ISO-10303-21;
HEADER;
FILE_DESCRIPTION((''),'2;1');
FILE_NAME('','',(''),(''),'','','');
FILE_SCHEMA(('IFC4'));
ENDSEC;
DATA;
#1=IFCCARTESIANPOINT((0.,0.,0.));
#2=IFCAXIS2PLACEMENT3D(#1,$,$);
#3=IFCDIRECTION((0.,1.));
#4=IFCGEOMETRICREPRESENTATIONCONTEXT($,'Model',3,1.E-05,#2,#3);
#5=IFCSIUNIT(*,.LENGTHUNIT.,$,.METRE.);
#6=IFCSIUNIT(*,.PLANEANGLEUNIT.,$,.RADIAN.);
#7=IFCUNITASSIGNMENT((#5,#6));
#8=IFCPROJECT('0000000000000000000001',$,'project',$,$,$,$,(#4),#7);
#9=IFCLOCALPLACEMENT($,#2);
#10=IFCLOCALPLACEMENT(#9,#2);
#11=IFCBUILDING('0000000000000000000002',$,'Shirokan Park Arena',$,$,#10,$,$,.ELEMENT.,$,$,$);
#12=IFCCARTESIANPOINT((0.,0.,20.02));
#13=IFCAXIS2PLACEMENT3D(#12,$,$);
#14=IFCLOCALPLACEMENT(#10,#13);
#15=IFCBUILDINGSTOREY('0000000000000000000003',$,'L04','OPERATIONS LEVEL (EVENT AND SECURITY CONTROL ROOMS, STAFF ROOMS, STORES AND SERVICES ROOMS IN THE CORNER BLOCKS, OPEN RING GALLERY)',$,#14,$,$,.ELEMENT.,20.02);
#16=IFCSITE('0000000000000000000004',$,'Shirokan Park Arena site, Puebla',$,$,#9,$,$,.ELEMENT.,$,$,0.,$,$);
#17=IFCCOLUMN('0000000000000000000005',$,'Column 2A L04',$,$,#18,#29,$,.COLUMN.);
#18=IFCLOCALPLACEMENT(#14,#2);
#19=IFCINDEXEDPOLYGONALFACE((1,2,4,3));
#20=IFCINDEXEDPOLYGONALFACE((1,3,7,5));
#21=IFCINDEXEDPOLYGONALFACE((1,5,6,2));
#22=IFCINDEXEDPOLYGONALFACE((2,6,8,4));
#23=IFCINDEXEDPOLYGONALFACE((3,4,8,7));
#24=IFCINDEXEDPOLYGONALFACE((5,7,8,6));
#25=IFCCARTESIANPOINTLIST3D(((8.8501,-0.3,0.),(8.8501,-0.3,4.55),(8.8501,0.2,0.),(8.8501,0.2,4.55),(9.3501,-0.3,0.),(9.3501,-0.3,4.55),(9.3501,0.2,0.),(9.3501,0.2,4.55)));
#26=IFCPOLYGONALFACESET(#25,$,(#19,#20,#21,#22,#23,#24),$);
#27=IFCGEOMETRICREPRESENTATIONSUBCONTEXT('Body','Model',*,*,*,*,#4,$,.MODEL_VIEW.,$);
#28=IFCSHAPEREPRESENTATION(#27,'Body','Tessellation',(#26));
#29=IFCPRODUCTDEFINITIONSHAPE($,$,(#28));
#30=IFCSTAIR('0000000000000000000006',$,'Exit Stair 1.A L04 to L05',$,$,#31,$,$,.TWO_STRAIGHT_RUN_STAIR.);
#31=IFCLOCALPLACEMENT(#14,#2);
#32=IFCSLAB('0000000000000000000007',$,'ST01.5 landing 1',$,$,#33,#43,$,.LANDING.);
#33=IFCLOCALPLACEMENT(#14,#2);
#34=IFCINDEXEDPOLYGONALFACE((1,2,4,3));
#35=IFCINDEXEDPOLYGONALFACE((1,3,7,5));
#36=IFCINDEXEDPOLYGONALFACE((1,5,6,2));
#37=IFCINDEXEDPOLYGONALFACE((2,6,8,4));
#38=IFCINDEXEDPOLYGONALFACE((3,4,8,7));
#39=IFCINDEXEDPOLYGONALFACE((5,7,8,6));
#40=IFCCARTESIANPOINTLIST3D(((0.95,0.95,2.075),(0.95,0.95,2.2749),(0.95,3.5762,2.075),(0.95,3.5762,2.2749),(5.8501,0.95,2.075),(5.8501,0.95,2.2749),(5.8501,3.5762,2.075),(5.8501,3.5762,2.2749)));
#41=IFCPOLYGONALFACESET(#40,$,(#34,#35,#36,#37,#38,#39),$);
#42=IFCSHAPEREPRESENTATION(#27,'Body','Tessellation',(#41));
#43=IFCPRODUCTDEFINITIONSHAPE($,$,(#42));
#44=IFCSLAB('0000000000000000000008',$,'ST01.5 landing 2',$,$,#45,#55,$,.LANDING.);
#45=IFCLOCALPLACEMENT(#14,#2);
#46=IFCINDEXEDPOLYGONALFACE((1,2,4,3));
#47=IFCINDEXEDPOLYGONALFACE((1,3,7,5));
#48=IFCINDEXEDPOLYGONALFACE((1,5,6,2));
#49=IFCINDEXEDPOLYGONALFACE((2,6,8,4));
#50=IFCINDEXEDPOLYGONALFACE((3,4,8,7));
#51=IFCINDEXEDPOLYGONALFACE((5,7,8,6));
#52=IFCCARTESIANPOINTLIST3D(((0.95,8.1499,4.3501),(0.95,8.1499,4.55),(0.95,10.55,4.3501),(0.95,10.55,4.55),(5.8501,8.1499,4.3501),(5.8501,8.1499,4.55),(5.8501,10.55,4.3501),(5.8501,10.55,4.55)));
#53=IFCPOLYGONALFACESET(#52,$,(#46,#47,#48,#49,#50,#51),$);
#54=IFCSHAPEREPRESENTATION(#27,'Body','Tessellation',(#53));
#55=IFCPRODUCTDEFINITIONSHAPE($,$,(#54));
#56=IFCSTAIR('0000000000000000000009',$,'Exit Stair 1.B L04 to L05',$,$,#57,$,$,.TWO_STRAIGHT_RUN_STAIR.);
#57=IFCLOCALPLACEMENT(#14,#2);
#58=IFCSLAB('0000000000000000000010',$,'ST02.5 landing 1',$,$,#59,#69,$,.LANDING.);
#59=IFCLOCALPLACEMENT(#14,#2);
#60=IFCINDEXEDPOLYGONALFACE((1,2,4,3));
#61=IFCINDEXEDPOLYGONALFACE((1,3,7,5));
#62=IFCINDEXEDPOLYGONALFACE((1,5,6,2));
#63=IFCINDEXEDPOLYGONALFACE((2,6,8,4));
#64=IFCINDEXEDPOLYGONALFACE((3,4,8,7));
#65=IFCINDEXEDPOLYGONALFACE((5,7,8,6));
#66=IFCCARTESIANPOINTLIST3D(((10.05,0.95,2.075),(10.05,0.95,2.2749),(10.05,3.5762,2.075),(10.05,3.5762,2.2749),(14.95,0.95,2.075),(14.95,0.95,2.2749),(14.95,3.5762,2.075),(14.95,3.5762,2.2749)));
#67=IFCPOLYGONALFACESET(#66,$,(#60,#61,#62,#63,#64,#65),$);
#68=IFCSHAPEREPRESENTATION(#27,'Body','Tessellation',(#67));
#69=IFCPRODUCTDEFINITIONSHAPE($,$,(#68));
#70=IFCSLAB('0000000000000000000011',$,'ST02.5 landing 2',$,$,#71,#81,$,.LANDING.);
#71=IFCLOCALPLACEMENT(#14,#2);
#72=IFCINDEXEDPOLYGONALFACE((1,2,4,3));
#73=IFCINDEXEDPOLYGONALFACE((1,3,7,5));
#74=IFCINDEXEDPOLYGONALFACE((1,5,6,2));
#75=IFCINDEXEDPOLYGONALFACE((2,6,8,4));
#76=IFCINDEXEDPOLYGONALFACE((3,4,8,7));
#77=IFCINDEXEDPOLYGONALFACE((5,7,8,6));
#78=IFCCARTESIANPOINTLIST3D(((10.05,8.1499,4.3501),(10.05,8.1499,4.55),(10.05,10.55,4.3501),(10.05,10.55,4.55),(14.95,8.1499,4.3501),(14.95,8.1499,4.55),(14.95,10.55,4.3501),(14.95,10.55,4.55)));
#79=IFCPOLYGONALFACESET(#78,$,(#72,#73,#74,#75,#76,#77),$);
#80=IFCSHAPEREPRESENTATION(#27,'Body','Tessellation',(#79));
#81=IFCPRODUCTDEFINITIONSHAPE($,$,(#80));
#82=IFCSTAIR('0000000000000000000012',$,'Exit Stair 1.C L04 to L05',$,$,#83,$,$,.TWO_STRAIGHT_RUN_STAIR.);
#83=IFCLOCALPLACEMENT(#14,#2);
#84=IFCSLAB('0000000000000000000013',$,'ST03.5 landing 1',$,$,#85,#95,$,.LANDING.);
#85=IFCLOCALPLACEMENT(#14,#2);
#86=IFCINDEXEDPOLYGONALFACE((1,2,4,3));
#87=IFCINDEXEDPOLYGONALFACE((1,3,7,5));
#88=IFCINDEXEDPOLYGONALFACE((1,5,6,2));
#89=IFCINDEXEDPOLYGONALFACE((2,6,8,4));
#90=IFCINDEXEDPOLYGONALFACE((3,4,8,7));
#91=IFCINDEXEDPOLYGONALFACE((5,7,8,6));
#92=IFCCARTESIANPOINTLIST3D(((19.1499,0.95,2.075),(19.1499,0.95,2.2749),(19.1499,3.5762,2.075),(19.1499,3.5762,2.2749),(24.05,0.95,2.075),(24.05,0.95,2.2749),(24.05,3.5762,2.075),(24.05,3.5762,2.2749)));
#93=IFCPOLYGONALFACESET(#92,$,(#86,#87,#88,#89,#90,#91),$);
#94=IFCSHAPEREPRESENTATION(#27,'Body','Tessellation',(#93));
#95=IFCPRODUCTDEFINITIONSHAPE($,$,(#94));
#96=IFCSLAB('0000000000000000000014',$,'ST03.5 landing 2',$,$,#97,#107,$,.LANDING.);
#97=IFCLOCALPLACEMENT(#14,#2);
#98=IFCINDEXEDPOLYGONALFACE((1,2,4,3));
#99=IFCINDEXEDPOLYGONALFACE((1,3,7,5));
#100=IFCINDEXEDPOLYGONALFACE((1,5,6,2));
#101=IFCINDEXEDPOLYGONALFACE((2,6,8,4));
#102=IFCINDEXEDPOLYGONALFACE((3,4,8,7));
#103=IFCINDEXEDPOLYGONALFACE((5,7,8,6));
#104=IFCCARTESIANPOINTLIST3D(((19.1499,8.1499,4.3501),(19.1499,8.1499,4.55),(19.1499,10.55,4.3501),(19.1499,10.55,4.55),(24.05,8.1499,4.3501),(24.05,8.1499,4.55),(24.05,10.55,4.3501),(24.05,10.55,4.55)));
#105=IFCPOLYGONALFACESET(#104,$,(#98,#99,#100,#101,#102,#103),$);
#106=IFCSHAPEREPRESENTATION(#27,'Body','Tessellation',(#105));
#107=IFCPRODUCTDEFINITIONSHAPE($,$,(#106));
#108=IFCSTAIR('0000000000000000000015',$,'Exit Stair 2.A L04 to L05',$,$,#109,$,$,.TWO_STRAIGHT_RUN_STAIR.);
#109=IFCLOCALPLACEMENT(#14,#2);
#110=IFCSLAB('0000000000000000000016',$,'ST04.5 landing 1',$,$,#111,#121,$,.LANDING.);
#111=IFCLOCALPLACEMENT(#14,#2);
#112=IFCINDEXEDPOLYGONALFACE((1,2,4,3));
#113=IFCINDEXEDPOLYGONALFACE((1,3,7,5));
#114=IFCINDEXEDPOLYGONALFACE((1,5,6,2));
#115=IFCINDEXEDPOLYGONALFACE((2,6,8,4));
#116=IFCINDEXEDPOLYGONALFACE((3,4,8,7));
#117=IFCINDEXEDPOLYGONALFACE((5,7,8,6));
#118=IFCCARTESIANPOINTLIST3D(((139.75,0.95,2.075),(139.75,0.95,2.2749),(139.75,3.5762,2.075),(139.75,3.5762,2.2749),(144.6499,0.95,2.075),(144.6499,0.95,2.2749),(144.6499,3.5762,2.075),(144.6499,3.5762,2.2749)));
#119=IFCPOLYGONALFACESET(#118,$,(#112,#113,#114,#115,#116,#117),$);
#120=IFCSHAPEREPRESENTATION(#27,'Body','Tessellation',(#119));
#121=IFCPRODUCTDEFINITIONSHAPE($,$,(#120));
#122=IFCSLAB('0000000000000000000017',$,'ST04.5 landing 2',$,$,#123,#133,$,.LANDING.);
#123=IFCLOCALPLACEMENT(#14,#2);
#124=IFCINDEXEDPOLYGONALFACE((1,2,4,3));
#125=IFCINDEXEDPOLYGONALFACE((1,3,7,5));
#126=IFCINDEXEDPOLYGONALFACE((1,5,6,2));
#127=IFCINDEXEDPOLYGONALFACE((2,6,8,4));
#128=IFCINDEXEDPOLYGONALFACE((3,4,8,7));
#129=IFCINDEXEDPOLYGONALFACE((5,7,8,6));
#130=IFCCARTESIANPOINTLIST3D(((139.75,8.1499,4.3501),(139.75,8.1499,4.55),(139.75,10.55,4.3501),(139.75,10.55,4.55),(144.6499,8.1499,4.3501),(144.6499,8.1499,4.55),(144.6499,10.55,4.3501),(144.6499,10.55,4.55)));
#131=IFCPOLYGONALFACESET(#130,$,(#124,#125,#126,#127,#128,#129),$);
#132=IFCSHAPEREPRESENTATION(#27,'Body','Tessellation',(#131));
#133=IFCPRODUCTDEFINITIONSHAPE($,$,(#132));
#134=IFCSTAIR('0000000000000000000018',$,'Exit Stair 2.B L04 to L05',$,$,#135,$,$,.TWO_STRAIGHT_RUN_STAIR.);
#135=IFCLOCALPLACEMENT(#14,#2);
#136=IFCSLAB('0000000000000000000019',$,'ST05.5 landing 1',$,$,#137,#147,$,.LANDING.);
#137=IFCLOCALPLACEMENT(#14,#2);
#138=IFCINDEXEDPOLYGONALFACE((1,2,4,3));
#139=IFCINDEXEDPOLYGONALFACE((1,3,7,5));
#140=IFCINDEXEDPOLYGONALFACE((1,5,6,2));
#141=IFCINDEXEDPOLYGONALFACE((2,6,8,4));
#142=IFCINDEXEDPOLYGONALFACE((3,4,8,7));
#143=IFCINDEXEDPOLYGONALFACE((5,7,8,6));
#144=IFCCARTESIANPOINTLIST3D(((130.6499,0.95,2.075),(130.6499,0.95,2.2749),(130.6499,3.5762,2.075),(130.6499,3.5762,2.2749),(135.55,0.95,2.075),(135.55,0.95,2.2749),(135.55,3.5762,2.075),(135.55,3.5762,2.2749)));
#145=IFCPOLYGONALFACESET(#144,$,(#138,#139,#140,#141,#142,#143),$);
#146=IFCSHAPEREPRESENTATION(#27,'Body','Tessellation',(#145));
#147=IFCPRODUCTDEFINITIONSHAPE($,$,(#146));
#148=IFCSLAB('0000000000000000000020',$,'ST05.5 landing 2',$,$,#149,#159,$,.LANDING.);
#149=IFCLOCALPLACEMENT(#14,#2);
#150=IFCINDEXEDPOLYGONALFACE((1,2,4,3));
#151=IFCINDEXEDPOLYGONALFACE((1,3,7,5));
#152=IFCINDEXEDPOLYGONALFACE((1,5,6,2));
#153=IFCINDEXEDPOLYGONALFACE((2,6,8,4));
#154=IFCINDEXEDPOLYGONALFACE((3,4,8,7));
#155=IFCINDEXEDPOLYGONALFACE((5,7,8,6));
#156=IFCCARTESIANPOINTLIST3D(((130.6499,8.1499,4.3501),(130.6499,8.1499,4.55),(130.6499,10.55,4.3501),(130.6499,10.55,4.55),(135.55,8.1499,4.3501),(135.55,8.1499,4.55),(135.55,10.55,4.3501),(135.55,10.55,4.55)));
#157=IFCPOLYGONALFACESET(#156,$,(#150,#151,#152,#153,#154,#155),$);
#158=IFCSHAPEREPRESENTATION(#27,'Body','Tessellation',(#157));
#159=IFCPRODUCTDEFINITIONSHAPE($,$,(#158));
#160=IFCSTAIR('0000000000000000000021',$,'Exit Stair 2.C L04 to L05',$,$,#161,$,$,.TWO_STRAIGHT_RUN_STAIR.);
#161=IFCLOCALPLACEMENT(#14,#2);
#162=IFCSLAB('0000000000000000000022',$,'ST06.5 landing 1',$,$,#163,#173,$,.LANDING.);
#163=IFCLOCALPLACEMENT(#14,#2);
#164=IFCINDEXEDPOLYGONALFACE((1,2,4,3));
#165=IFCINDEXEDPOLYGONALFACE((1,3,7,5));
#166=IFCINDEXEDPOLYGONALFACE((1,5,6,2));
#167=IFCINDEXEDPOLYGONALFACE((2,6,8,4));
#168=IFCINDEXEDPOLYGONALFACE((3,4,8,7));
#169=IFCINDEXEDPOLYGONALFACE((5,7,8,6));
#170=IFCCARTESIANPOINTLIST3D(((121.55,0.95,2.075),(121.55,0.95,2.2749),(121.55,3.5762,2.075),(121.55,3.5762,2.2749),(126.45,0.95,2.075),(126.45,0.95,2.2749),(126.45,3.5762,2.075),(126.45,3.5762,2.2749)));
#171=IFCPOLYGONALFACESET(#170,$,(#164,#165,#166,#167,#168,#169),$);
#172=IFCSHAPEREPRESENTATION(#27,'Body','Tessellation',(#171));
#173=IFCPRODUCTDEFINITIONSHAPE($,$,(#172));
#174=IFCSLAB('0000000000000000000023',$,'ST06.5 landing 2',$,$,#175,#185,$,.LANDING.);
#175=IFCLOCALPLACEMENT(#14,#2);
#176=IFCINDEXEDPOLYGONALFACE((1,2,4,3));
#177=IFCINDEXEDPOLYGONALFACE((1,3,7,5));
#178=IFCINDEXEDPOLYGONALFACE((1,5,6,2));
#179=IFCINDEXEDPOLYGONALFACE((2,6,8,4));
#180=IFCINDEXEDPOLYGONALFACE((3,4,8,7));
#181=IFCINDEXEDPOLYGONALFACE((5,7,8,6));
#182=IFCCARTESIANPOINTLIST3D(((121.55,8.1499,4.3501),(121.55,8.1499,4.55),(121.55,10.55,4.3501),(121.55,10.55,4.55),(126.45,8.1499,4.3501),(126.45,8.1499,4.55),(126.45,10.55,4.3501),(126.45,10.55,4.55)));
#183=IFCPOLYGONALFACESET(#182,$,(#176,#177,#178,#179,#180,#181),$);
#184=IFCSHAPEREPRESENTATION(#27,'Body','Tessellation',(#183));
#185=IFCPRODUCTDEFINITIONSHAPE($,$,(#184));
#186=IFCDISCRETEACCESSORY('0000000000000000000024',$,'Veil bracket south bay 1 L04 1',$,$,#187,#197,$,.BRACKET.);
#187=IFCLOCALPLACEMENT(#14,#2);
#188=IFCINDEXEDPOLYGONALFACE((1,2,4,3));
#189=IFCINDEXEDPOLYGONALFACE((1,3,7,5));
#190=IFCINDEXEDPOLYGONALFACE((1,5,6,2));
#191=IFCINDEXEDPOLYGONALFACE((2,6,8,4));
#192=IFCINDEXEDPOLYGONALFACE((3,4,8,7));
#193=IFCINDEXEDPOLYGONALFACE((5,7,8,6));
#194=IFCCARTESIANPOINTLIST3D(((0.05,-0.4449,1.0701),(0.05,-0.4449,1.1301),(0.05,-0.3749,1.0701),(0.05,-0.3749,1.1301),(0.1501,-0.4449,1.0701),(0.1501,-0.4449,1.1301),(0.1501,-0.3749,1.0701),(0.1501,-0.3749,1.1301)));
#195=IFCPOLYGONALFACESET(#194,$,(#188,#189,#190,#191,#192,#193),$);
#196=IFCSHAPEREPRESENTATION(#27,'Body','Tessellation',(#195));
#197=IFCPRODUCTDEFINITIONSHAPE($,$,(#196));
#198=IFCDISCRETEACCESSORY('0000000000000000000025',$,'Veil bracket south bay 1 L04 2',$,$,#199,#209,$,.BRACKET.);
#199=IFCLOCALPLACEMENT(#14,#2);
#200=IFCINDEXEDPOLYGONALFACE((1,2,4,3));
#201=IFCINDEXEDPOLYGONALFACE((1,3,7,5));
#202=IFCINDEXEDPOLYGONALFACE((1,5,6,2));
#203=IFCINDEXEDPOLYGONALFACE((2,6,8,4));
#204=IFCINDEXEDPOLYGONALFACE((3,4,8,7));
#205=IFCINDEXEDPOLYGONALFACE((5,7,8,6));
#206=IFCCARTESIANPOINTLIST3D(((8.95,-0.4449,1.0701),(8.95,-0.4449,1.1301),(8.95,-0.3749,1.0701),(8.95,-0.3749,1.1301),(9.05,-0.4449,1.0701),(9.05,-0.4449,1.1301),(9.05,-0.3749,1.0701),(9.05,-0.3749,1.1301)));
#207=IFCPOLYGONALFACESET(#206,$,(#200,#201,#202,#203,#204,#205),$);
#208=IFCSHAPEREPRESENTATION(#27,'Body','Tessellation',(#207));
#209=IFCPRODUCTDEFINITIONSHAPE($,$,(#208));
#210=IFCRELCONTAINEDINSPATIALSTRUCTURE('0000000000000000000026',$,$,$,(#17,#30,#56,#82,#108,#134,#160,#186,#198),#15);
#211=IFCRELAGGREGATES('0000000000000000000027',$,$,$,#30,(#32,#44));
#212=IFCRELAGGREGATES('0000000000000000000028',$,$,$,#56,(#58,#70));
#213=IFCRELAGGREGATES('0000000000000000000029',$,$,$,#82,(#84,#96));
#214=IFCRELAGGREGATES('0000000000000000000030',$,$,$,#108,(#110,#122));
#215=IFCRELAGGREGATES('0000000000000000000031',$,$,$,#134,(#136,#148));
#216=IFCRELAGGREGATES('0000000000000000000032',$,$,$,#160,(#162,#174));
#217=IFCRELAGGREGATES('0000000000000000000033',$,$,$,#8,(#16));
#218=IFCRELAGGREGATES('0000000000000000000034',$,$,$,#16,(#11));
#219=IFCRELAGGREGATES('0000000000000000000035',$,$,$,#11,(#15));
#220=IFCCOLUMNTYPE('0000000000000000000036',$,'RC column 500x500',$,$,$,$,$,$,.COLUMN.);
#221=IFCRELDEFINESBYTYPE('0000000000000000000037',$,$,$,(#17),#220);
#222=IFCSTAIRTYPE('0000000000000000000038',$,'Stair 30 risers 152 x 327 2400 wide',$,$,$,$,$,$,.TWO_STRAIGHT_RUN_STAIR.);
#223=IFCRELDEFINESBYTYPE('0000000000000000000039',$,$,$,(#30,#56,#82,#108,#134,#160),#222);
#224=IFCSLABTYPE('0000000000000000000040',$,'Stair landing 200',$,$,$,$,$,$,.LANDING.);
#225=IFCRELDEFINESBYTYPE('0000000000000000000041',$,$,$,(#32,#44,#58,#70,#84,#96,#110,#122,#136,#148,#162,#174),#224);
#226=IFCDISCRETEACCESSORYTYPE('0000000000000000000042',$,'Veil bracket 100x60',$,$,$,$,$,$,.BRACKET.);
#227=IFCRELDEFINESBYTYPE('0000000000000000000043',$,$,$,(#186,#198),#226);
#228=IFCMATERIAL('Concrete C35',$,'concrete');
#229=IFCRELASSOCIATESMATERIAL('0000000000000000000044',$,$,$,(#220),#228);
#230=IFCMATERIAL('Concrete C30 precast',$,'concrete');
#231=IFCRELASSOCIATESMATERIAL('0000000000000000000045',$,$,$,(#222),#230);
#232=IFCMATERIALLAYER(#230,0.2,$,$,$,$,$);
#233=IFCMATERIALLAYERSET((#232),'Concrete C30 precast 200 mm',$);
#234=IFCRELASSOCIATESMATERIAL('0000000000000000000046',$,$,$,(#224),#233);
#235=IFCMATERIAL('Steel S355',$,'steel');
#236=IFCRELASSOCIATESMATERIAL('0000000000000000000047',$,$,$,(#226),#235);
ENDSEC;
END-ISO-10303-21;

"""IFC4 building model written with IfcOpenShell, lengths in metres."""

from ifc_helpers import new_model, si_unit, direction, frame, origin, origin_2d, place, context, subcontext, project, spatial, polyline, rectangle, outline, extrude, material, layer, layer_set, material_profile, profile_set, type_object, element, aggregate, save


model = new_model("IFC4")

# Units and contexts
model_context = context("Model", 3, precision=1e-05, world=origin(), true_north=direction((0.0, 1.0)))
body_context = subcontext(model_context, "Body", "Model", "MODEL_VIEW")
ifc_project = project(units=[si_unit("LENGTHUNIT", "METRE"), si_unit("PLANEANGLEUNIT", "RADIAN")], contexts=[model_context])

# Site, building, storey
site_placement = place(None, origin())
site = spatial("IfcSite", under=ifc_project, at=site_placement, Name="Shirokan Park Arena site, Puebla", CompositionType="ELEMENT", RefElevation=0.0)
building_placement = place(site_placement, origin())
building = spatial("IfcBuilding", under=site, at=building_placement, Name="Shirokan Park Arena", CompositionType="ELEMENT")
storey_placement = place(building_placement, frame((0.0, 0.0, 20.02)))
storey = spatial("IfcBuildingStorey", under=building, at=storey_placement, Name="L04", Description="OPERATIONS LEVEL (EVENT AND SECURITY CONTROL ROOMS, STAFF ROOMS, STORES AND SERVICES ROOMS IN THE CORNER BLOCKS, OPEN RING GALLERY)", CompositionType="ELEMENT", Elevation=20.02)

# Column
ifc_material_1 = material(Name="Concrete C35", Category="concrete")
ifc_material_profile = material_profile(ifc_material_1, rectangle(XDim=0.5, YDim=0.5, at=origin_2d()), Name="500x500")
ifc_profile_set = profile_set([ifc_material_profile], Name="Concrete C35")
column_type = type_object("IfcColumnType", Name="RC column 500x500", PredefinedType="COLUMN", material=ifc_profile_set)
column_placement = place(storey_placement, frame((9.1001, -0.05, 0.0), z_axis=(0.0, 0.0, 1.0), x_axis=(1.0, 0.0, 0.0)))
element("IfcColumn", 1, at=column_placement, inside=storey, type_object=column_type, Name="Column 2A L04", PredefinedType="COLUMN", context=body_context, shape_type="SweptSolid", body=[
    extrude(rectangle(XDim=0.5, YDim=0.5, at=origin_2d()), origin(), (0.0, 0.0, 1.0), 4.55),
])

# Stairs, slabs
ifc_material_2 = material(Name="Concrete C30 precast", Category="concrete")
stair_type = type_object("IfcStairType", Name="Stair 30 risers 152 x 327 2400 wide", PredefinedType="TWO_STRAIGHT_RUN_STAIR", material=ifc_material_2)
stair_1_placement = place(storey_placement, origin())
stair_1 = element("IfcStair", 2, at=stair_1_placement, inside=storey, type_object=stair_type, Name="Exit Stair 1.A L04 to L05", PredefinedType="TWO_STRAIGHT_RUN_STAIR")
ifc_layer = layer(ifc_material_2, 0.2)
ifc_layer_set = layer_set([ifc_layer], Name="Concrete C30 precast 200 mm")
slab_type = type_object("IfcSlabType", Name="Stair landing 200", PredefinedType="LANDING", material=ifc_layer_set)
slab_1_placement = place(storey_placement, frame((0.0, 0.0, 2.075)))
slab_1 = element("IfcSlab", 3, at=slab_1_placement, type_object=slab_type, Name="ST01.5 landing 1", PredefinedType="LANDING", context=body_context, shape_type="SweptSolid", body=[
    extrude(outline(polyline([(0.95, 0.95), (5.8501, 0.95), (5.8501, 3.5762), (0.95, 3.5762), (0.95, 0.95)])), origin(), (0.0, 0.0, 1.0), 0.2),
])
slab_2_placement = place(storey_placement, frame((0.0, 0.0, 4.3501)))
slab_2 = element("IfcSlab", 4, at=slab_2_placement, type_object=slab_type, Name="ST01.5 landing 2", PredefinedType="LANDING", context=body_context, shape_type="SweptSolid", body=[
    extrude(outline(polyline([(0.95, 8.1499), (5.8501, 8.1499), (5.8501, 10.55), (0.95, 10.55), (0.95, 8.1499)])), origin(), (0.0, 0.0, 1.0), 0.2),
])
aggregate(stair_1, [slab_1, slab_2])
stair_2_placement = place(storey_placement, origin())
stair_2 = element("IfcStair", 5, at=stair_2_placement, inside=storey, type_object=stair_type, Name="Exit Stair 1.B L04 to L05", PredefinedType="TWO_STRAIGHT_RUN_STAIR")
slab_3_placement = place(storey_placement, frame((0.0, 0.0, 2.075)))
slab_3 = element("IfcSlab", 6, at=slab_3_placement, type_object=slab_type, Name="ST02.5 landing 1", PredefinedType="LANDING", context=body_context, shape_type="SweptSolid", body=[
    extrude(outline(polyline([(10.05, 0.95), (14.95, 0.95), (14.95, 3.5762), (10.05, 3.5762), (10.05, 0.95)])), origin(), (0.0, 0.0, 1.0), 0.2),
])
slab_4_placement = place(storey_placement, frame((0.0, 0.0, 4.3501)))
slab_4 = element("IfcSlab", 7, at=slab_4_placement, type_object=slab_type, Name="ST02.5 landing 2", PredefinedType="LANDING", context=body_context, shape_type="SweptSolid", body=[
    extrude(outline(polyline([(10.05, 8.1499), (14.95, 8.1499), (14.95, 10.55), (10.05, 10.55), (10.05, 8.1499)])), origin(), (0.0, 0.0, 1.0), 0.2),
])
aggregate(stair_2, [slab_3, slab_4])
stair_3_placement = place(storey_placement, origin())
stair_3 = element("IfcStair", 8, at=stair_3_placement, inside=storey, type_object=stair_type, Name="Exit Stair 1.C L04 to L05", PredefinedType="TWO_STRAIGHT_RUN_STAIR")
slab_5_placement = place(storey_placement, frame((0.0, 0.0, 2.075)))
slab_5 = element("IfcSlab", 9, at=slab_5_placement, type_object=slab_type, Name="ST03.5 landing 1", PredefinedType="LANDING", context=body_context, shape_type="SweptSolid", body=[
    extrude(outline(polyline([(19.1499, 0.95), (24.05, 0.95), (24.05, 3.5762), (19.1499, 3.5762), (19.1499, 0.95)])), origin(), (0.0, 0.0, 1.0), 0.2),
])
slab_6_placement = place(storey_placement, frame((0.0, 0.0, 4.3501)))
slab_6 = element("IfcSlab", 10, at=slab_6_placement, type_object=slab_type, Name="ST03.5 landing 2", PredefinedType="LANDING", context=body_context, shape_type="SweptSolid", body=[
    extrude(outline(polyline([(19.1499, 8.1499), (24.05, 8.1499), (24.05, 10.55), (19.1499, 10.55), (19.1499, 8.1499)])), origin(), (0.0, 0.0, 1.0), 0.2),
])
aggregate(stair_3, [slab_5, slab_6])
stair_4_placement = place(storey_placement, origin())
stair_4 = element("IfcStair", 11, at=stair_4_placement, inside=storey, type_object=stair_type, Name="Exit Stair 2.A L04 to L05", PredefinedType="TWO_STRAIGHT_RUN_STAIR")
slab_7_placement = place(storey_placement, frame((0.0, 0.0, 2.075)))
slab_7 = element("IfcSlab", 12, at=slab_7_placement, type_object=slab_type, Name="ST04.5 landing 1", PredefinedType="LANDING", context=body_context, shape_type="SweptSolid", body=[
    extrude(outline(polyline([(139.75, 0.95), (144.6499, 0.95), (144.6499, 3.5762), (139.75, 3.5762), (139.75, 0.95)])), origin(), (0.0, 0.0, 1.0), 0.2),
])
slab_8_placement = place(storey_placement, frame((0.0, 0.0, 4.3501)))
slab_8 = element("IfcSlab", 13, at=slab_8_placement, type_object=slab_type, Name="ST04.5 landing 2", PredefinedType="LANDING", context=body_context, shape_type="SweptSolid", body=[
    extrude(outline(polyline([(139.75, 8.1499), (144.6499, 8.1499), (144.6499, 10.55), (139.75, 10.55), (139.75, 8.1499)])), origin(), (0.0, 0.0, 1.0), 0.2),
])
aggregate(stair_4, [slab_7, slab_8])
stair_5_placement = place(storey_placement, origin())
stair_5 = element("IfcStair", 14, at=stair_5_placement, inside=storey, type_object=stair_type, Name="Exit Stair 2.B L04 to L05", PredefinedType="TWO_STRAIGHT_RUN_STAIR")
slab_9_placement = place(storey_placement, frame((0.0, 0.0, 2.075)))
slab_9 = element("IfcSlab", 15, at=slab_9_placement, type_object=slab_type, Name="ST05.5 landing 1", PredefinedType="LANDING", context=body_context, shape_type="SweptSolid", body=[
    extrude(outline(polyline([(130.6499, 0.95), (135.55, 0.95), (135.55, 3.5762), (130.6499, 3.5762), (130.6499, 0.95)])), origin(), (0.0, 0.0, 1.0), 0.2),
])
slab_10_placement = place(storey_placement, frame((0.0, 0.0, 4.3501)))
slab_10 = element("IfcSlab", 16, at=slab_10_placement, type_object=slab_type, Name="ST05.5 landing 2", PredefinedType="LANDING", context=body_context, shape_type="SweptSolid", body=[
    extrude(outline(polyline([(130.6499, 8.1499), (135.55, 8.1499), (135.55, 10.55), (130.6499, 10.55), (130.6499, 8.1499)])), origin(), (0.0, 0.0, 1.0), 0.2),
])
aggregate(stair_5, [slab_9, slab_10])
stair_6_placement = place(storey_placement, origin())
stair_6 = element("IfcStair", 17, at=stair_6_placement, inside=storey, type_object=stair_type, Name="Exit Stair 2.C L04 to L05", PredefinedType="TWO_STRAIGHT_RUN_STAIR")
slab_11_placement = place(storey_placement, frame((0.0, 0.0, 2.075)))
slab_11 = element("IfcSlab", 18, at=slab_11_placement, type_object=slab_type, Name="ST06.5 landing 1", PredefinedType="LANDING", context=body_context, shape_type="SweptSolid", body=[
    extrude(outline(polyline([(121.55, 0.95), (126.45, 0.95), (126.45, 3.5762), (121.55, 3.5762), (121.55, 0.95)])), origin(), (0.0, 0.0, 1.0), 0.2),
])
slab_12_placement = place(storey_placement, frame((0.0, 0.0, 4.3501)))
slab_12 = element("IfcSlab", 19, at=slab_12_placement, type_object=slab_type, Name="ST06.5 landing 2", PredefinedType="LANDING", context=body_context, shape_type="SweptSolid", body=[
    extrude(outline(polyline([(121.55, 8.1499), (126.45, 8.1499), (126.45, 10.55), (121.55, 10.55), (121.55, 8.1499)])), origin(), (0.0, 0.0, 1.0), 0.2),
])
aggregate(stair_6, [slab_11, slab_12])

# Discrete accessories
ifc_material_3 = material(Name="Steel S355", Category="steel")
discrete_accessory_type = type_object("IfcDiscreteAccessoryType", Name="Veil bracket 100x60", PredefinedType="BRACKET", material=ifc_material_3)
for number, where, z_axis, x_axis, name in (
    (20, (0.1001, -0.4099, 1.0701), (0.0, 0.0, 1.0), (1.0, 0.0, 0.0), "Veil bracket south bay 1 L04 1"),
    (21, (9.0, -0.4099, 1.0701), (0.0, 0.0, 1.0), (1.0, 0.0, 0.0), "Veil bracket south bay 1 L04 2"),
):
    element("IfcDiscreteAccessory", number, at=place(storey_placement, frame(where, z_axis=z_axis, x_axis=x_axis)), inside=storey, type_object=discrete_accessory_type, Name=name, PredefinedType="BRACKET", context=body_context, shape_type="SweptSolid", body=[
        extrude(rectangle(XDim=0.1001, YDim=0.0701, at=origin_2d()), origin(), (0.0, 0.0, 1.0), 0.0601),
    ])

save(model, "model.ifc")
